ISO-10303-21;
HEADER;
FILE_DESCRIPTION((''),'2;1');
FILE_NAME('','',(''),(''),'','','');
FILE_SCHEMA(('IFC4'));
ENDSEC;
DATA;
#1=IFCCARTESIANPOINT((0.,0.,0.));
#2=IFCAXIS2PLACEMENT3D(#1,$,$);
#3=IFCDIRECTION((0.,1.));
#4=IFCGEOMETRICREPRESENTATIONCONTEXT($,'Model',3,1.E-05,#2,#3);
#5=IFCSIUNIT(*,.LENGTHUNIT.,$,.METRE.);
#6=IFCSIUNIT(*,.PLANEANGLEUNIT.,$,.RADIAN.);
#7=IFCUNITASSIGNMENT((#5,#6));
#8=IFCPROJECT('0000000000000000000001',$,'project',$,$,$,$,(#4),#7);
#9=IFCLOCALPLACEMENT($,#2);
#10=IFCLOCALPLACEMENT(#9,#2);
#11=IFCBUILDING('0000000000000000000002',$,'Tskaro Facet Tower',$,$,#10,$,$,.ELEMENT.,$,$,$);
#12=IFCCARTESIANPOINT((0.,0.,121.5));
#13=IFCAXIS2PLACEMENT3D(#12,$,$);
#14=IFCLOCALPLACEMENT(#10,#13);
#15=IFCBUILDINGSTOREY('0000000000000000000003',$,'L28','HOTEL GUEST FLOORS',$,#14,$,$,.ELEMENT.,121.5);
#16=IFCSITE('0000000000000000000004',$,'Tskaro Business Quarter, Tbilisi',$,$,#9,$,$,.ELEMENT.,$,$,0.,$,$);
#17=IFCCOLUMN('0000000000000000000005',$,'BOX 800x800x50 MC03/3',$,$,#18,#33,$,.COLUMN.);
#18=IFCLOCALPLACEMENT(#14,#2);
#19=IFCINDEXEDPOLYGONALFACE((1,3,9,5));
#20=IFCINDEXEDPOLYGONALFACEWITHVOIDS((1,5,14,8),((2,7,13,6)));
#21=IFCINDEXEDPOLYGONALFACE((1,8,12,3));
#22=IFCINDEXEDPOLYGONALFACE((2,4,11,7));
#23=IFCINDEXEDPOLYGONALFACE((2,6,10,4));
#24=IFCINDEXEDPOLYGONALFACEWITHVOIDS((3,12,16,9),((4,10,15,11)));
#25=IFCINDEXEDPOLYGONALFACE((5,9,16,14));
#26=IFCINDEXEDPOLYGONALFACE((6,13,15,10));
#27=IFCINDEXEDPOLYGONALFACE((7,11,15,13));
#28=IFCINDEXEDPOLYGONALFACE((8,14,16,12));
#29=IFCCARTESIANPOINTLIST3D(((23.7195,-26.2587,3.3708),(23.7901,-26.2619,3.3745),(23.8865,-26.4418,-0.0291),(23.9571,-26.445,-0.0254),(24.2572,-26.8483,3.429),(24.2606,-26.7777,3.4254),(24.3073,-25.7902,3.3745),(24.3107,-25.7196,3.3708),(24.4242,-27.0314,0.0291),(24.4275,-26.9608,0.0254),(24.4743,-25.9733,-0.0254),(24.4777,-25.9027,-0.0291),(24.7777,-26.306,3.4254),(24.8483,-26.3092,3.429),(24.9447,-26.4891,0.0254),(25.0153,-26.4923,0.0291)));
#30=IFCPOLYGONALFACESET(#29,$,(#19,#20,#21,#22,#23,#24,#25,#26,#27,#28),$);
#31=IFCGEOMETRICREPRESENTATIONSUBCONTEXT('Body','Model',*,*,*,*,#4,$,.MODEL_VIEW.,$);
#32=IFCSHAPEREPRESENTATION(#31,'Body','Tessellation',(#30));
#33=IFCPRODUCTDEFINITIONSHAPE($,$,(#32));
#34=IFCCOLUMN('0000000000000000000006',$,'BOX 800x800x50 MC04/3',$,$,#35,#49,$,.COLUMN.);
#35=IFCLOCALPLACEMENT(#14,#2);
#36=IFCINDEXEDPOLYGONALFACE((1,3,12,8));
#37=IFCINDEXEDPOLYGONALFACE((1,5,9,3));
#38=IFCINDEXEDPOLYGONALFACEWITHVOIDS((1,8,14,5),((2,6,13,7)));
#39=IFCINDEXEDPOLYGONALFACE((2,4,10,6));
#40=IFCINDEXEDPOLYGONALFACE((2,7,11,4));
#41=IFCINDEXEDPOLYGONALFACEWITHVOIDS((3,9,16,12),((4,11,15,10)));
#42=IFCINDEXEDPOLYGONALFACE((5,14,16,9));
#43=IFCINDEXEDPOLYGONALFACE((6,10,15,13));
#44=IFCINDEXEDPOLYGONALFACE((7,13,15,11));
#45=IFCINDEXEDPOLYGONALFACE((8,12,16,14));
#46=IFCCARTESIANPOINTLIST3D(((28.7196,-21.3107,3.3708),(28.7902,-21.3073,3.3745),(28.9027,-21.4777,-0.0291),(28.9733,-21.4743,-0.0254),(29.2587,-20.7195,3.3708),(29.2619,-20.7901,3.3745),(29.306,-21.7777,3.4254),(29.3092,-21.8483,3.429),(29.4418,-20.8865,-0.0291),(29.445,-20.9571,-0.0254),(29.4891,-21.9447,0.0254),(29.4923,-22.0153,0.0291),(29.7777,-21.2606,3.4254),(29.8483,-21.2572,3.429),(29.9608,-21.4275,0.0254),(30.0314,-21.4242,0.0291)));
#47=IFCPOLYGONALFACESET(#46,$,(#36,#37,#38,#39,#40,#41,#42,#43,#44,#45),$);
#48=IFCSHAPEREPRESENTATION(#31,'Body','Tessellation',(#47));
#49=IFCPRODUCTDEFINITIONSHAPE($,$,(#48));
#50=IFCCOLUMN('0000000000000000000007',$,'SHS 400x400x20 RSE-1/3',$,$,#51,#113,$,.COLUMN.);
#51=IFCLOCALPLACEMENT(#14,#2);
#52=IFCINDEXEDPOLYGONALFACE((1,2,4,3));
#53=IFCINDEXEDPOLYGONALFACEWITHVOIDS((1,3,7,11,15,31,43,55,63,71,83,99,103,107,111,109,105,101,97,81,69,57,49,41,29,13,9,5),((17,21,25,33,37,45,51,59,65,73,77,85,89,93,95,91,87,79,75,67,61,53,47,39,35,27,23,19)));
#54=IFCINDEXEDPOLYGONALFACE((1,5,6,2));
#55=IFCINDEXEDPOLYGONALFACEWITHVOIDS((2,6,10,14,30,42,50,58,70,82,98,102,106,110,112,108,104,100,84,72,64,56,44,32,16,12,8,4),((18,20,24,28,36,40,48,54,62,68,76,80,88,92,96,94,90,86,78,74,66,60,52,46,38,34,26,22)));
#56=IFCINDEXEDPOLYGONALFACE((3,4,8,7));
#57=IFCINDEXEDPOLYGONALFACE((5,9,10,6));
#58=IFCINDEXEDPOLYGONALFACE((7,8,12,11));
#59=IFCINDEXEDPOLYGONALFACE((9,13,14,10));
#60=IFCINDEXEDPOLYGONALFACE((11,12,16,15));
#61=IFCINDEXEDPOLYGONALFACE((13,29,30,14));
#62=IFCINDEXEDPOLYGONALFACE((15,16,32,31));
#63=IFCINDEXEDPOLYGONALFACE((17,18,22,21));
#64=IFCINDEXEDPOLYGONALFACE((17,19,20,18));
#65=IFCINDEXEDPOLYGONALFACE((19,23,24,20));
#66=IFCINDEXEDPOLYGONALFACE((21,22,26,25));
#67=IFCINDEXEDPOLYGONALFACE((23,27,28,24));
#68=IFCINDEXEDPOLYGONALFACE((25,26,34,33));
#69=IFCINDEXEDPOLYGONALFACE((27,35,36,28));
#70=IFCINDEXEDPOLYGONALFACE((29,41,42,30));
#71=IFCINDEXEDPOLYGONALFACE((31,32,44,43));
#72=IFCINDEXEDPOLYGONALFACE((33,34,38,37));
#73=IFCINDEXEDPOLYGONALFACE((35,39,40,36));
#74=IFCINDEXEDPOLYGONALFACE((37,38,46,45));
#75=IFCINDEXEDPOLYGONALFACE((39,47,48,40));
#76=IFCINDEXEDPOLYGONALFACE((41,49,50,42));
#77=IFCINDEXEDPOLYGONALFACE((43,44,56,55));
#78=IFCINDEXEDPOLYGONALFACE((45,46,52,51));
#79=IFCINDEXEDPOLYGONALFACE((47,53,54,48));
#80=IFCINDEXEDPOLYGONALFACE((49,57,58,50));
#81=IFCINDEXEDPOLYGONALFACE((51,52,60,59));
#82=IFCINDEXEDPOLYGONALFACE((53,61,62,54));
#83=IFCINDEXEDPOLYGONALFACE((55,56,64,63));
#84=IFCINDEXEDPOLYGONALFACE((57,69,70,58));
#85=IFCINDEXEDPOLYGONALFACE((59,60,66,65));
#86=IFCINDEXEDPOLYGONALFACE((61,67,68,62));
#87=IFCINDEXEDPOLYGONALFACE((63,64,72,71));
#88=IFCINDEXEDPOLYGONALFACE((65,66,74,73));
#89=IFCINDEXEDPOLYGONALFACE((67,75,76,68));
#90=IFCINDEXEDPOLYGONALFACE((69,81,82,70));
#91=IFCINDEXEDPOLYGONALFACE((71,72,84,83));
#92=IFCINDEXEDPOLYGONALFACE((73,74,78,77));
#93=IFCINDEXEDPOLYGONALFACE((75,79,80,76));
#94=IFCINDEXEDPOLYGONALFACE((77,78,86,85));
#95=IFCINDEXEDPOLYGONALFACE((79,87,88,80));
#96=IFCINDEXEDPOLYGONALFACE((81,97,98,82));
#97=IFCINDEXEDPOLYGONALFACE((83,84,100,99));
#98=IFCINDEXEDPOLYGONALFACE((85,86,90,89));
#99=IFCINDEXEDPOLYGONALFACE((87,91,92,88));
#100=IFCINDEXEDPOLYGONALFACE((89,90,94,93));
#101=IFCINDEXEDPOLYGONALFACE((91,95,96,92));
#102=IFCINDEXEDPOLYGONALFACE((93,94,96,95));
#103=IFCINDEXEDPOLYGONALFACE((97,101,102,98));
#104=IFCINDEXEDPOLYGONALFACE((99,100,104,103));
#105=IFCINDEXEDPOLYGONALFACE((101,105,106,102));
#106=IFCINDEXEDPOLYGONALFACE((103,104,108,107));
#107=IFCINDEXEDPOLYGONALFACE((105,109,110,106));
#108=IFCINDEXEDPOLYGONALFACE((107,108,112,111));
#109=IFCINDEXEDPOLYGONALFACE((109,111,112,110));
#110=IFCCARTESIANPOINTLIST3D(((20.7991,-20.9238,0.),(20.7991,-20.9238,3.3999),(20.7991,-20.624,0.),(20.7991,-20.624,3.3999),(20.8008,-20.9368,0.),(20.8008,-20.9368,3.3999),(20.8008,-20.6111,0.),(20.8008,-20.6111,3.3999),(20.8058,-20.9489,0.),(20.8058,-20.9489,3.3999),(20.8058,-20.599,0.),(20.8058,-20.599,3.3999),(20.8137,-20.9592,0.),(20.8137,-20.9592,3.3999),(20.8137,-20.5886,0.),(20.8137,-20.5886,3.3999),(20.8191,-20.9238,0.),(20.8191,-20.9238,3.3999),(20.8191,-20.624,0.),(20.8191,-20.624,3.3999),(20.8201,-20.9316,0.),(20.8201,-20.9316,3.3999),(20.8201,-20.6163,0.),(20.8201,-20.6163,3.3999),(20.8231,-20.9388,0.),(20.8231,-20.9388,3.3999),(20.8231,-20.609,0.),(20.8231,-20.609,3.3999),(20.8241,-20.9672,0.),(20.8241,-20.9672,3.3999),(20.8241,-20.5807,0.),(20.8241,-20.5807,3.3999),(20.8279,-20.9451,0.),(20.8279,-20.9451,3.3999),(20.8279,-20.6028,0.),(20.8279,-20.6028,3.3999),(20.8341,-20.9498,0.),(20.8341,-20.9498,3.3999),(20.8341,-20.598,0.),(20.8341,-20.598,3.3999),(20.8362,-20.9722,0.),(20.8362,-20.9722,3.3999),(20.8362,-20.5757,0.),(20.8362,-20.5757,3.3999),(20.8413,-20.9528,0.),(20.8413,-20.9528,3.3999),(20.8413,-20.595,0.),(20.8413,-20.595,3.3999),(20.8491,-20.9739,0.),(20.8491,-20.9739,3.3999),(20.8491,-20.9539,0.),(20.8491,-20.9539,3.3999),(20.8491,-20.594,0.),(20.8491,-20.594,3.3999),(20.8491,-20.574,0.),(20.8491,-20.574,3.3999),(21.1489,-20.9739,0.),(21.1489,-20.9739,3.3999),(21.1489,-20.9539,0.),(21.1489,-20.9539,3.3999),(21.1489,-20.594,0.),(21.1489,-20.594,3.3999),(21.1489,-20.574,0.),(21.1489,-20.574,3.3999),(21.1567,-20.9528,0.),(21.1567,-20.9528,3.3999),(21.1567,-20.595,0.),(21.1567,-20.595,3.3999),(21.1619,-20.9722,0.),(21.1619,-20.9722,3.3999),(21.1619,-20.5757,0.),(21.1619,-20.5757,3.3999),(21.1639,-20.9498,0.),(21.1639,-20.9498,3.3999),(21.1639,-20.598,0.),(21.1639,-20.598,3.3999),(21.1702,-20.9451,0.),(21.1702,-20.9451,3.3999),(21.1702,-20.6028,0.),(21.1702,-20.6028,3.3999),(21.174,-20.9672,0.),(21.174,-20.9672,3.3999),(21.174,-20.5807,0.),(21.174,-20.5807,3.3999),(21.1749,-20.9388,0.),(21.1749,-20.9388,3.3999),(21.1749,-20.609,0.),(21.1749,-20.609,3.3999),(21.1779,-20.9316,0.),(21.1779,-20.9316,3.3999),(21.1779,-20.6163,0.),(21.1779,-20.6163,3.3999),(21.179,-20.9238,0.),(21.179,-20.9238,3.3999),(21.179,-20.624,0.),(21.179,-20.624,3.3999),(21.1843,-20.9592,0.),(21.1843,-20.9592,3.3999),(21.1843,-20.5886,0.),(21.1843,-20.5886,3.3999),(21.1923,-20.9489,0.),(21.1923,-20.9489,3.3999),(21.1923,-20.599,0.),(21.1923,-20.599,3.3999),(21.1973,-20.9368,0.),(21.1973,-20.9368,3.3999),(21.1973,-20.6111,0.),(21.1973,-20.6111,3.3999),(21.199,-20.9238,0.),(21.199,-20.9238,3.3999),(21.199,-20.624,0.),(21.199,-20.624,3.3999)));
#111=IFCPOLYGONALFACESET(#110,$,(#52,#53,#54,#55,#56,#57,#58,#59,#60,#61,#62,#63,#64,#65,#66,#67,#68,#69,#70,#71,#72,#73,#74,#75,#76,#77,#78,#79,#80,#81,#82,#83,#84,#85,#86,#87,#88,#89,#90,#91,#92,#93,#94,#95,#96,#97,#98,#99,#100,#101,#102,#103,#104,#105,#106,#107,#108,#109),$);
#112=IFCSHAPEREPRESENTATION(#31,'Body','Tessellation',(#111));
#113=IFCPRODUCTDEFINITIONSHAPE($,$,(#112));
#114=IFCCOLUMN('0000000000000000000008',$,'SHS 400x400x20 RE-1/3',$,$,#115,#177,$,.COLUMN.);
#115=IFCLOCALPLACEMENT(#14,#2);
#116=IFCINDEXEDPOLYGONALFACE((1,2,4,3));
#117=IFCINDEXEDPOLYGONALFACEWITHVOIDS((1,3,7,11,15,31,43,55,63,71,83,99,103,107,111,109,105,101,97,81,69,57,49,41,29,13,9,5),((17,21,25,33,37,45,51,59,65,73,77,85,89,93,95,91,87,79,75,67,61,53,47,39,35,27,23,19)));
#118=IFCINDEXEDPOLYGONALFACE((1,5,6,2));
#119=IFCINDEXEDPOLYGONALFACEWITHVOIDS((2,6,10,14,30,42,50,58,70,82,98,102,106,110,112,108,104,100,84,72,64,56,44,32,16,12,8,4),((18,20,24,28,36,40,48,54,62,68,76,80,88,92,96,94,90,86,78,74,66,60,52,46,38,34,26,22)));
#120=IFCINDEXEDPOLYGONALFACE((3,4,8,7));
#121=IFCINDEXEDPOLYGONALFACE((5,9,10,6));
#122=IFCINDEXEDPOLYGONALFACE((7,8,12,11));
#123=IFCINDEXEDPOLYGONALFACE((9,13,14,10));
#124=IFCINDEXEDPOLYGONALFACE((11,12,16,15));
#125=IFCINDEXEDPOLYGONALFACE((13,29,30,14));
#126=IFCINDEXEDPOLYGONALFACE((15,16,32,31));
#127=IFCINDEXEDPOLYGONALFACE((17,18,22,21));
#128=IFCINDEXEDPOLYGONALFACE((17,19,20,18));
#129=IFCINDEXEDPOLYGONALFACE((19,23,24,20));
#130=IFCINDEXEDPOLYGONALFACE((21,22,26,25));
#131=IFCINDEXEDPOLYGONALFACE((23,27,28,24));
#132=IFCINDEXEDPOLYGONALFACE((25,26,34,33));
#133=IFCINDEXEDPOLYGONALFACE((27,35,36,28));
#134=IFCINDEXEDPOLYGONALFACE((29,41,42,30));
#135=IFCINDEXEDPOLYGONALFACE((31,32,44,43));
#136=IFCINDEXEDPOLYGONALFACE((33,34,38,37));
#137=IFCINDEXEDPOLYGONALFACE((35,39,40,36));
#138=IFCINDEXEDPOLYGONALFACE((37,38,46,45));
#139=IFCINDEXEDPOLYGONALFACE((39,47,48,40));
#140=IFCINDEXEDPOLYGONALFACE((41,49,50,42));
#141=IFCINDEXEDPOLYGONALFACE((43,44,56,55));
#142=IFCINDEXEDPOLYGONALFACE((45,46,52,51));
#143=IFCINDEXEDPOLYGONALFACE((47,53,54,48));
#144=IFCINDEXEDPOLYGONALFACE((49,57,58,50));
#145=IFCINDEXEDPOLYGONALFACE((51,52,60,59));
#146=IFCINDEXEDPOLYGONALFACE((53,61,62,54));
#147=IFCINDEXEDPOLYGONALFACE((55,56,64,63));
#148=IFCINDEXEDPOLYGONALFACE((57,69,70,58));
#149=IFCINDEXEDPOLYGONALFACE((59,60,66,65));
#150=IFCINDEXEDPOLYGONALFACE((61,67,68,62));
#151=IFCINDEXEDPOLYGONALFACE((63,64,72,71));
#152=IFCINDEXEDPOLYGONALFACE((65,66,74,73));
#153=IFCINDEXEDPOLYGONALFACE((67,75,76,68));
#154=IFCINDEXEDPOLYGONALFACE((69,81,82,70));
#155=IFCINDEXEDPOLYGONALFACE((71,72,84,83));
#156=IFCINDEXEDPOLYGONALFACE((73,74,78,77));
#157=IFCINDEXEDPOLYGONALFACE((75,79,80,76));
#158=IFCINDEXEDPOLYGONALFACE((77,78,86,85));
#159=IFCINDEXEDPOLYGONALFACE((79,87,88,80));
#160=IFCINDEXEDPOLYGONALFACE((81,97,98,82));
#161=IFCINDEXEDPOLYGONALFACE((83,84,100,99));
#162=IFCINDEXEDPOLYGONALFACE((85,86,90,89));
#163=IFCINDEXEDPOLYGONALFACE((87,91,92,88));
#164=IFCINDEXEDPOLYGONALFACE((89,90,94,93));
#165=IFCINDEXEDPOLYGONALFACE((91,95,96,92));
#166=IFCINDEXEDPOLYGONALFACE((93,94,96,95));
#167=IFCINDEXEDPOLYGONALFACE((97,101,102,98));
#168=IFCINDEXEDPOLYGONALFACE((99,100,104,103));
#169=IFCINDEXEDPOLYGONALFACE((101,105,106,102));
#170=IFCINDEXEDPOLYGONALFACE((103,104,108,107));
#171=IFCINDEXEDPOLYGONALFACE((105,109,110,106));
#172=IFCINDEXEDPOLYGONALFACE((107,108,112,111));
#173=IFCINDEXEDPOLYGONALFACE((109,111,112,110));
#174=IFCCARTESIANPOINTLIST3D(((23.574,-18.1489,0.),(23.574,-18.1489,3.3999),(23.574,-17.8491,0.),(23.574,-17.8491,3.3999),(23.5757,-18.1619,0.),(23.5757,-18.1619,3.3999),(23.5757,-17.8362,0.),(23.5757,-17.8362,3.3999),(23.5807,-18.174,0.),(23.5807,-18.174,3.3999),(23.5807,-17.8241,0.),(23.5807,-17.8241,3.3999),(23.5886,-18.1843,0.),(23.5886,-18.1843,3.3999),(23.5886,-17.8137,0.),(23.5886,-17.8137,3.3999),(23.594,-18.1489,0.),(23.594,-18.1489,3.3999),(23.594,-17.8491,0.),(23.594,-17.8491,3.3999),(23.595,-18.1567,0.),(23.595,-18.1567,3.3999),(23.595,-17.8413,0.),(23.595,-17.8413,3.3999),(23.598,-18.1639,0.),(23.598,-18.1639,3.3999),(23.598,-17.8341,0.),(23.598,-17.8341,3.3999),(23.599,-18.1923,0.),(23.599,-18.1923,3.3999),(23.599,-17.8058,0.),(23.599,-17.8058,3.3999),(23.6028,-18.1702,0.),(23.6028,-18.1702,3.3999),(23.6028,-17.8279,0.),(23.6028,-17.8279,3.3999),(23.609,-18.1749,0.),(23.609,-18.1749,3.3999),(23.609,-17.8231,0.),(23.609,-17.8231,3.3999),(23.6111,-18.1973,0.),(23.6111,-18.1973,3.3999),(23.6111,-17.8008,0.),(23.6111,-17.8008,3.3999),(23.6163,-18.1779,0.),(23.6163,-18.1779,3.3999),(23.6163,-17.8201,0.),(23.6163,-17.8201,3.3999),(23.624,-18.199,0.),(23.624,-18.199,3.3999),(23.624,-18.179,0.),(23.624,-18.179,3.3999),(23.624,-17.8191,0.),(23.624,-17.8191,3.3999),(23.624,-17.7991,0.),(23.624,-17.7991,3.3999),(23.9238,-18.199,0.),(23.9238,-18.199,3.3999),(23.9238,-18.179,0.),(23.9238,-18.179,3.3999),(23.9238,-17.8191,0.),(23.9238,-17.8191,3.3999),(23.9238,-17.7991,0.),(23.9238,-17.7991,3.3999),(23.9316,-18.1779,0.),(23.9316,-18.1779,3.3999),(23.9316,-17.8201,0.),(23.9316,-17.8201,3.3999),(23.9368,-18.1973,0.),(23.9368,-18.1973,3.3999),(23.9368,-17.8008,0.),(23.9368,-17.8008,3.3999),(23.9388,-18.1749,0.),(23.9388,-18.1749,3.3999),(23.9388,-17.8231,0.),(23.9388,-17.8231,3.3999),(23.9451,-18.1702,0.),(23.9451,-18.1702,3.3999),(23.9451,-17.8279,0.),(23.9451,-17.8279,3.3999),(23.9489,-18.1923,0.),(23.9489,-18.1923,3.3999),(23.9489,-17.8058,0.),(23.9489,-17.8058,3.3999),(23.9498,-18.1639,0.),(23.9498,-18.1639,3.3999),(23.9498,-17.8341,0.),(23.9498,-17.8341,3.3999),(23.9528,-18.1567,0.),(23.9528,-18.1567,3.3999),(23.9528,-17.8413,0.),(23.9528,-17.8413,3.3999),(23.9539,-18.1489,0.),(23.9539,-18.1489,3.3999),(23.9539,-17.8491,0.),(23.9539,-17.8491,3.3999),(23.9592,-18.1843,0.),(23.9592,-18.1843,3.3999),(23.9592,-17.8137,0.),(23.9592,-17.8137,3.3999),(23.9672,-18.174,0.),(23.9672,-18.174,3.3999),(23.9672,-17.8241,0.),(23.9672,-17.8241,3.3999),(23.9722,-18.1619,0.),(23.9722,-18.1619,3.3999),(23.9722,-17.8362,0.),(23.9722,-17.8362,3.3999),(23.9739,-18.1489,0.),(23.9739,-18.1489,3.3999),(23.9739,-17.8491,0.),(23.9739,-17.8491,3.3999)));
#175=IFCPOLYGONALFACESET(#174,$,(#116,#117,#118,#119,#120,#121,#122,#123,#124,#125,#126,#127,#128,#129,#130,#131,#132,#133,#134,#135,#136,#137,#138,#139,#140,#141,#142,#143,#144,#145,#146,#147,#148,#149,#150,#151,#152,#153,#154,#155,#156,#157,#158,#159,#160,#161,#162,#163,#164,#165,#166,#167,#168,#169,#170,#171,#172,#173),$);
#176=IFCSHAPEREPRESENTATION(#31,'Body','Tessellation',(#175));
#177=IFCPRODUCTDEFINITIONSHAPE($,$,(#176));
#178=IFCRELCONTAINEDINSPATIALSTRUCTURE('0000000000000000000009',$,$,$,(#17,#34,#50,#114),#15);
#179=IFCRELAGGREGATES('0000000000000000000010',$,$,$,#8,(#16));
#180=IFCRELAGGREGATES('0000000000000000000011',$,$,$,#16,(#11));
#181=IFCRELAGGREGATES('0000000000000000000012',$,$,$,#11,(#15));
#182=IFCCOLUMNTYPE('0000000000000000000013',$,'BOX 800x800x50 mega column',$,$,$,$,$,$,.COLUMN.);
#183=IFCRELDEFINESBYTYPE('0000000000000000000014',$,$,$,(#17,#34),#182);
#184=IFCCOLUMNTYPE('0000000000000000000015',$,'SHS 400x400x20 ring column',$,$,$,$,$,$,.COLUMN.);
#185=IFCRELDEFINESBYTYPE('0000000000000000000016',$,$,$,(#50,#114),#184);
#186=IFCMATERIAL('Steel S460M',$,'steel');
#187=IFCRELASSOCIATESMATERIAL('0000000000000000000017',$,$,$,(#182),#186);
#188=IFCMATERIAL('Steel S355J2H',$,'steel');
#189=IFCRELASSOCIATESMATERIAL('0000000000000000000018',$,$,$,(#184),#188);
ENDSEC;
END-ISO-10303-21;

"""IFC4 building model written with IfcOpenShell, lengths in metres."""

from ifc_helpers import new_model, si_unit, direction, frame, origin, origin_2d, place, context, subcontext, project, spatial, hollow_rectangle, extrude, material, material_profile, profile_set, type_object, element, save


model = new_model("IFC4")

# Units and contexts
model_context = context("Model", 3, precision=1e-05, world=origin(), true_north=direction((0.0, 1.0)))
body_context = subcontext(model_context, "Body", "Model", "MODEL_VIEW")
ifc_project = project(units=[si_unit("LENGTHUNIT", "METRE"), si_unit("PLANEANGLEUNIT", "RADIAN")], contexts=[model_context])

# Site, building, storey
site_placement = place(None, origin())
site = spatial("IfcSite", under=ifc_project, at=site_placement, Name="Tskaro Business Quarter, Tbilisi", CompositionType="ELEMENT", RefElevation=0.0)
building_placement = place(site_placement, origin())
building = spatial("IfcBuilding", under=site, at=building_placement, Name="Tskaro Facet Tower", CompositionType="ELEMENT")
storey_placement = place(building_placement, frame((0.0, 0.0, 121.5)))
storey = spatial("IfcBuildingStorey", under=building, at=storey_placement, Name="L28", Description="HOTEL GUEST FLOORS", CompositionType="ELEMENT", Elevation=121.5)

# Columns
ifc_material_1 = material(Name="Steel S460M", Category="steel")
ifc_material_profile_1 = material_profile(ifc_material_1, hollow_rectangle(XDim=0.8, YDim=0.8, WallThickness=0.05, at=origin_2d()), Name="BOX 800x800x50")
ifc_profile_set_1 = profile_set([ifc_material_profile_1], Name="Steel S460M")
column_type_1 = type_object("IfcColumnType", Name="BOX 800x800x50 mega column", PredefinedType="COLUMN", material=ifc_profile_set_1)
for number, where, z_axis, x_axis, name in (
    (1, (24.4509, -26.467, 0.0), (-0.048987, 0.053714, 0.997354), (-0.738869, -0.673849, 0.0), "BOX 800x800x50 MC03/3"),
    (2, (29.467, -21.4509, 0.0), (-0.053714, 0.048987, 0.997354), (-0.673849, -0.738869, 0.0), "BOX 800x800x50 MC04/3"),
):
    element("IfcColumn", number, at=place(storey_placement, frame(where, z_axis=z_axis, x_axis=x_axis)), inside=storey, type_object=column_type_1, Name=name, PredefinedType="COLUMN", context=body_context, shape_type="SweptSolid", body=[
        extrude(hollow_rectangle(XDim=0.8, YDim=0.8, WallThickness=0.05, at=origin_2d()), origin(), (0.0, 0.0, 1.0), 3.4089),
    ])
ifc_material_2 = material(Name="Steel S355J2H", Category="steel")
ifc_material_profile_2 = material_profile(ifc_material_2, hollow_rectangle(XDim=0.3999, YDim=0.3999, WallThickness=0.02, InnerFilletRadius=0.03, OuterFilletRadius=0.05, at=origin_2d()), Name="SHS 400x400x20")
ifc_profile_set_2 = profile_set([ifc_material_profile_2], Name="Steel S355J2H")
column_type_2 = type_object("IfcColumnType", Name="SHS 400x400x20 ring column", PredefinedType="COLUMN", material=ifc_profile_set_2)
for number, where, z_axis, x_axis, name in (
    (3, (20.999, -20.7739, 0.0), (0.0, 0.0, 1.0), (1.0, 0.0, 0.0), "SHS 400x400x20 RSE-1/3"),
    (4, (23.7739, -17.999, 0.0), (0.0, 0.0, 1.0), (1.0, 0.0, 0.0), "SHS 400x400x20 RE-1/3"),
):
    element("IfcColumn", number, at=place(storey_placement, frame(where, z_axis=z_axis, x_axis=x_axis)), inside=storey, type_object=column_type_2, Name=name, PredefinedType="COLUMN", context=body_context, shape_type="SweptSolid", body=[
        extrude(hollow_rectangle(XDim=0.3999, YDim=0.3999, WallThickness=0.02, InnerFilletRadius=0.03, OuterFilletRadius=0.05, at=origin_2d()), origin(), (0.0, 0.0, 1.0), 3.3999),
    ])

save(model, "model.ifc")
